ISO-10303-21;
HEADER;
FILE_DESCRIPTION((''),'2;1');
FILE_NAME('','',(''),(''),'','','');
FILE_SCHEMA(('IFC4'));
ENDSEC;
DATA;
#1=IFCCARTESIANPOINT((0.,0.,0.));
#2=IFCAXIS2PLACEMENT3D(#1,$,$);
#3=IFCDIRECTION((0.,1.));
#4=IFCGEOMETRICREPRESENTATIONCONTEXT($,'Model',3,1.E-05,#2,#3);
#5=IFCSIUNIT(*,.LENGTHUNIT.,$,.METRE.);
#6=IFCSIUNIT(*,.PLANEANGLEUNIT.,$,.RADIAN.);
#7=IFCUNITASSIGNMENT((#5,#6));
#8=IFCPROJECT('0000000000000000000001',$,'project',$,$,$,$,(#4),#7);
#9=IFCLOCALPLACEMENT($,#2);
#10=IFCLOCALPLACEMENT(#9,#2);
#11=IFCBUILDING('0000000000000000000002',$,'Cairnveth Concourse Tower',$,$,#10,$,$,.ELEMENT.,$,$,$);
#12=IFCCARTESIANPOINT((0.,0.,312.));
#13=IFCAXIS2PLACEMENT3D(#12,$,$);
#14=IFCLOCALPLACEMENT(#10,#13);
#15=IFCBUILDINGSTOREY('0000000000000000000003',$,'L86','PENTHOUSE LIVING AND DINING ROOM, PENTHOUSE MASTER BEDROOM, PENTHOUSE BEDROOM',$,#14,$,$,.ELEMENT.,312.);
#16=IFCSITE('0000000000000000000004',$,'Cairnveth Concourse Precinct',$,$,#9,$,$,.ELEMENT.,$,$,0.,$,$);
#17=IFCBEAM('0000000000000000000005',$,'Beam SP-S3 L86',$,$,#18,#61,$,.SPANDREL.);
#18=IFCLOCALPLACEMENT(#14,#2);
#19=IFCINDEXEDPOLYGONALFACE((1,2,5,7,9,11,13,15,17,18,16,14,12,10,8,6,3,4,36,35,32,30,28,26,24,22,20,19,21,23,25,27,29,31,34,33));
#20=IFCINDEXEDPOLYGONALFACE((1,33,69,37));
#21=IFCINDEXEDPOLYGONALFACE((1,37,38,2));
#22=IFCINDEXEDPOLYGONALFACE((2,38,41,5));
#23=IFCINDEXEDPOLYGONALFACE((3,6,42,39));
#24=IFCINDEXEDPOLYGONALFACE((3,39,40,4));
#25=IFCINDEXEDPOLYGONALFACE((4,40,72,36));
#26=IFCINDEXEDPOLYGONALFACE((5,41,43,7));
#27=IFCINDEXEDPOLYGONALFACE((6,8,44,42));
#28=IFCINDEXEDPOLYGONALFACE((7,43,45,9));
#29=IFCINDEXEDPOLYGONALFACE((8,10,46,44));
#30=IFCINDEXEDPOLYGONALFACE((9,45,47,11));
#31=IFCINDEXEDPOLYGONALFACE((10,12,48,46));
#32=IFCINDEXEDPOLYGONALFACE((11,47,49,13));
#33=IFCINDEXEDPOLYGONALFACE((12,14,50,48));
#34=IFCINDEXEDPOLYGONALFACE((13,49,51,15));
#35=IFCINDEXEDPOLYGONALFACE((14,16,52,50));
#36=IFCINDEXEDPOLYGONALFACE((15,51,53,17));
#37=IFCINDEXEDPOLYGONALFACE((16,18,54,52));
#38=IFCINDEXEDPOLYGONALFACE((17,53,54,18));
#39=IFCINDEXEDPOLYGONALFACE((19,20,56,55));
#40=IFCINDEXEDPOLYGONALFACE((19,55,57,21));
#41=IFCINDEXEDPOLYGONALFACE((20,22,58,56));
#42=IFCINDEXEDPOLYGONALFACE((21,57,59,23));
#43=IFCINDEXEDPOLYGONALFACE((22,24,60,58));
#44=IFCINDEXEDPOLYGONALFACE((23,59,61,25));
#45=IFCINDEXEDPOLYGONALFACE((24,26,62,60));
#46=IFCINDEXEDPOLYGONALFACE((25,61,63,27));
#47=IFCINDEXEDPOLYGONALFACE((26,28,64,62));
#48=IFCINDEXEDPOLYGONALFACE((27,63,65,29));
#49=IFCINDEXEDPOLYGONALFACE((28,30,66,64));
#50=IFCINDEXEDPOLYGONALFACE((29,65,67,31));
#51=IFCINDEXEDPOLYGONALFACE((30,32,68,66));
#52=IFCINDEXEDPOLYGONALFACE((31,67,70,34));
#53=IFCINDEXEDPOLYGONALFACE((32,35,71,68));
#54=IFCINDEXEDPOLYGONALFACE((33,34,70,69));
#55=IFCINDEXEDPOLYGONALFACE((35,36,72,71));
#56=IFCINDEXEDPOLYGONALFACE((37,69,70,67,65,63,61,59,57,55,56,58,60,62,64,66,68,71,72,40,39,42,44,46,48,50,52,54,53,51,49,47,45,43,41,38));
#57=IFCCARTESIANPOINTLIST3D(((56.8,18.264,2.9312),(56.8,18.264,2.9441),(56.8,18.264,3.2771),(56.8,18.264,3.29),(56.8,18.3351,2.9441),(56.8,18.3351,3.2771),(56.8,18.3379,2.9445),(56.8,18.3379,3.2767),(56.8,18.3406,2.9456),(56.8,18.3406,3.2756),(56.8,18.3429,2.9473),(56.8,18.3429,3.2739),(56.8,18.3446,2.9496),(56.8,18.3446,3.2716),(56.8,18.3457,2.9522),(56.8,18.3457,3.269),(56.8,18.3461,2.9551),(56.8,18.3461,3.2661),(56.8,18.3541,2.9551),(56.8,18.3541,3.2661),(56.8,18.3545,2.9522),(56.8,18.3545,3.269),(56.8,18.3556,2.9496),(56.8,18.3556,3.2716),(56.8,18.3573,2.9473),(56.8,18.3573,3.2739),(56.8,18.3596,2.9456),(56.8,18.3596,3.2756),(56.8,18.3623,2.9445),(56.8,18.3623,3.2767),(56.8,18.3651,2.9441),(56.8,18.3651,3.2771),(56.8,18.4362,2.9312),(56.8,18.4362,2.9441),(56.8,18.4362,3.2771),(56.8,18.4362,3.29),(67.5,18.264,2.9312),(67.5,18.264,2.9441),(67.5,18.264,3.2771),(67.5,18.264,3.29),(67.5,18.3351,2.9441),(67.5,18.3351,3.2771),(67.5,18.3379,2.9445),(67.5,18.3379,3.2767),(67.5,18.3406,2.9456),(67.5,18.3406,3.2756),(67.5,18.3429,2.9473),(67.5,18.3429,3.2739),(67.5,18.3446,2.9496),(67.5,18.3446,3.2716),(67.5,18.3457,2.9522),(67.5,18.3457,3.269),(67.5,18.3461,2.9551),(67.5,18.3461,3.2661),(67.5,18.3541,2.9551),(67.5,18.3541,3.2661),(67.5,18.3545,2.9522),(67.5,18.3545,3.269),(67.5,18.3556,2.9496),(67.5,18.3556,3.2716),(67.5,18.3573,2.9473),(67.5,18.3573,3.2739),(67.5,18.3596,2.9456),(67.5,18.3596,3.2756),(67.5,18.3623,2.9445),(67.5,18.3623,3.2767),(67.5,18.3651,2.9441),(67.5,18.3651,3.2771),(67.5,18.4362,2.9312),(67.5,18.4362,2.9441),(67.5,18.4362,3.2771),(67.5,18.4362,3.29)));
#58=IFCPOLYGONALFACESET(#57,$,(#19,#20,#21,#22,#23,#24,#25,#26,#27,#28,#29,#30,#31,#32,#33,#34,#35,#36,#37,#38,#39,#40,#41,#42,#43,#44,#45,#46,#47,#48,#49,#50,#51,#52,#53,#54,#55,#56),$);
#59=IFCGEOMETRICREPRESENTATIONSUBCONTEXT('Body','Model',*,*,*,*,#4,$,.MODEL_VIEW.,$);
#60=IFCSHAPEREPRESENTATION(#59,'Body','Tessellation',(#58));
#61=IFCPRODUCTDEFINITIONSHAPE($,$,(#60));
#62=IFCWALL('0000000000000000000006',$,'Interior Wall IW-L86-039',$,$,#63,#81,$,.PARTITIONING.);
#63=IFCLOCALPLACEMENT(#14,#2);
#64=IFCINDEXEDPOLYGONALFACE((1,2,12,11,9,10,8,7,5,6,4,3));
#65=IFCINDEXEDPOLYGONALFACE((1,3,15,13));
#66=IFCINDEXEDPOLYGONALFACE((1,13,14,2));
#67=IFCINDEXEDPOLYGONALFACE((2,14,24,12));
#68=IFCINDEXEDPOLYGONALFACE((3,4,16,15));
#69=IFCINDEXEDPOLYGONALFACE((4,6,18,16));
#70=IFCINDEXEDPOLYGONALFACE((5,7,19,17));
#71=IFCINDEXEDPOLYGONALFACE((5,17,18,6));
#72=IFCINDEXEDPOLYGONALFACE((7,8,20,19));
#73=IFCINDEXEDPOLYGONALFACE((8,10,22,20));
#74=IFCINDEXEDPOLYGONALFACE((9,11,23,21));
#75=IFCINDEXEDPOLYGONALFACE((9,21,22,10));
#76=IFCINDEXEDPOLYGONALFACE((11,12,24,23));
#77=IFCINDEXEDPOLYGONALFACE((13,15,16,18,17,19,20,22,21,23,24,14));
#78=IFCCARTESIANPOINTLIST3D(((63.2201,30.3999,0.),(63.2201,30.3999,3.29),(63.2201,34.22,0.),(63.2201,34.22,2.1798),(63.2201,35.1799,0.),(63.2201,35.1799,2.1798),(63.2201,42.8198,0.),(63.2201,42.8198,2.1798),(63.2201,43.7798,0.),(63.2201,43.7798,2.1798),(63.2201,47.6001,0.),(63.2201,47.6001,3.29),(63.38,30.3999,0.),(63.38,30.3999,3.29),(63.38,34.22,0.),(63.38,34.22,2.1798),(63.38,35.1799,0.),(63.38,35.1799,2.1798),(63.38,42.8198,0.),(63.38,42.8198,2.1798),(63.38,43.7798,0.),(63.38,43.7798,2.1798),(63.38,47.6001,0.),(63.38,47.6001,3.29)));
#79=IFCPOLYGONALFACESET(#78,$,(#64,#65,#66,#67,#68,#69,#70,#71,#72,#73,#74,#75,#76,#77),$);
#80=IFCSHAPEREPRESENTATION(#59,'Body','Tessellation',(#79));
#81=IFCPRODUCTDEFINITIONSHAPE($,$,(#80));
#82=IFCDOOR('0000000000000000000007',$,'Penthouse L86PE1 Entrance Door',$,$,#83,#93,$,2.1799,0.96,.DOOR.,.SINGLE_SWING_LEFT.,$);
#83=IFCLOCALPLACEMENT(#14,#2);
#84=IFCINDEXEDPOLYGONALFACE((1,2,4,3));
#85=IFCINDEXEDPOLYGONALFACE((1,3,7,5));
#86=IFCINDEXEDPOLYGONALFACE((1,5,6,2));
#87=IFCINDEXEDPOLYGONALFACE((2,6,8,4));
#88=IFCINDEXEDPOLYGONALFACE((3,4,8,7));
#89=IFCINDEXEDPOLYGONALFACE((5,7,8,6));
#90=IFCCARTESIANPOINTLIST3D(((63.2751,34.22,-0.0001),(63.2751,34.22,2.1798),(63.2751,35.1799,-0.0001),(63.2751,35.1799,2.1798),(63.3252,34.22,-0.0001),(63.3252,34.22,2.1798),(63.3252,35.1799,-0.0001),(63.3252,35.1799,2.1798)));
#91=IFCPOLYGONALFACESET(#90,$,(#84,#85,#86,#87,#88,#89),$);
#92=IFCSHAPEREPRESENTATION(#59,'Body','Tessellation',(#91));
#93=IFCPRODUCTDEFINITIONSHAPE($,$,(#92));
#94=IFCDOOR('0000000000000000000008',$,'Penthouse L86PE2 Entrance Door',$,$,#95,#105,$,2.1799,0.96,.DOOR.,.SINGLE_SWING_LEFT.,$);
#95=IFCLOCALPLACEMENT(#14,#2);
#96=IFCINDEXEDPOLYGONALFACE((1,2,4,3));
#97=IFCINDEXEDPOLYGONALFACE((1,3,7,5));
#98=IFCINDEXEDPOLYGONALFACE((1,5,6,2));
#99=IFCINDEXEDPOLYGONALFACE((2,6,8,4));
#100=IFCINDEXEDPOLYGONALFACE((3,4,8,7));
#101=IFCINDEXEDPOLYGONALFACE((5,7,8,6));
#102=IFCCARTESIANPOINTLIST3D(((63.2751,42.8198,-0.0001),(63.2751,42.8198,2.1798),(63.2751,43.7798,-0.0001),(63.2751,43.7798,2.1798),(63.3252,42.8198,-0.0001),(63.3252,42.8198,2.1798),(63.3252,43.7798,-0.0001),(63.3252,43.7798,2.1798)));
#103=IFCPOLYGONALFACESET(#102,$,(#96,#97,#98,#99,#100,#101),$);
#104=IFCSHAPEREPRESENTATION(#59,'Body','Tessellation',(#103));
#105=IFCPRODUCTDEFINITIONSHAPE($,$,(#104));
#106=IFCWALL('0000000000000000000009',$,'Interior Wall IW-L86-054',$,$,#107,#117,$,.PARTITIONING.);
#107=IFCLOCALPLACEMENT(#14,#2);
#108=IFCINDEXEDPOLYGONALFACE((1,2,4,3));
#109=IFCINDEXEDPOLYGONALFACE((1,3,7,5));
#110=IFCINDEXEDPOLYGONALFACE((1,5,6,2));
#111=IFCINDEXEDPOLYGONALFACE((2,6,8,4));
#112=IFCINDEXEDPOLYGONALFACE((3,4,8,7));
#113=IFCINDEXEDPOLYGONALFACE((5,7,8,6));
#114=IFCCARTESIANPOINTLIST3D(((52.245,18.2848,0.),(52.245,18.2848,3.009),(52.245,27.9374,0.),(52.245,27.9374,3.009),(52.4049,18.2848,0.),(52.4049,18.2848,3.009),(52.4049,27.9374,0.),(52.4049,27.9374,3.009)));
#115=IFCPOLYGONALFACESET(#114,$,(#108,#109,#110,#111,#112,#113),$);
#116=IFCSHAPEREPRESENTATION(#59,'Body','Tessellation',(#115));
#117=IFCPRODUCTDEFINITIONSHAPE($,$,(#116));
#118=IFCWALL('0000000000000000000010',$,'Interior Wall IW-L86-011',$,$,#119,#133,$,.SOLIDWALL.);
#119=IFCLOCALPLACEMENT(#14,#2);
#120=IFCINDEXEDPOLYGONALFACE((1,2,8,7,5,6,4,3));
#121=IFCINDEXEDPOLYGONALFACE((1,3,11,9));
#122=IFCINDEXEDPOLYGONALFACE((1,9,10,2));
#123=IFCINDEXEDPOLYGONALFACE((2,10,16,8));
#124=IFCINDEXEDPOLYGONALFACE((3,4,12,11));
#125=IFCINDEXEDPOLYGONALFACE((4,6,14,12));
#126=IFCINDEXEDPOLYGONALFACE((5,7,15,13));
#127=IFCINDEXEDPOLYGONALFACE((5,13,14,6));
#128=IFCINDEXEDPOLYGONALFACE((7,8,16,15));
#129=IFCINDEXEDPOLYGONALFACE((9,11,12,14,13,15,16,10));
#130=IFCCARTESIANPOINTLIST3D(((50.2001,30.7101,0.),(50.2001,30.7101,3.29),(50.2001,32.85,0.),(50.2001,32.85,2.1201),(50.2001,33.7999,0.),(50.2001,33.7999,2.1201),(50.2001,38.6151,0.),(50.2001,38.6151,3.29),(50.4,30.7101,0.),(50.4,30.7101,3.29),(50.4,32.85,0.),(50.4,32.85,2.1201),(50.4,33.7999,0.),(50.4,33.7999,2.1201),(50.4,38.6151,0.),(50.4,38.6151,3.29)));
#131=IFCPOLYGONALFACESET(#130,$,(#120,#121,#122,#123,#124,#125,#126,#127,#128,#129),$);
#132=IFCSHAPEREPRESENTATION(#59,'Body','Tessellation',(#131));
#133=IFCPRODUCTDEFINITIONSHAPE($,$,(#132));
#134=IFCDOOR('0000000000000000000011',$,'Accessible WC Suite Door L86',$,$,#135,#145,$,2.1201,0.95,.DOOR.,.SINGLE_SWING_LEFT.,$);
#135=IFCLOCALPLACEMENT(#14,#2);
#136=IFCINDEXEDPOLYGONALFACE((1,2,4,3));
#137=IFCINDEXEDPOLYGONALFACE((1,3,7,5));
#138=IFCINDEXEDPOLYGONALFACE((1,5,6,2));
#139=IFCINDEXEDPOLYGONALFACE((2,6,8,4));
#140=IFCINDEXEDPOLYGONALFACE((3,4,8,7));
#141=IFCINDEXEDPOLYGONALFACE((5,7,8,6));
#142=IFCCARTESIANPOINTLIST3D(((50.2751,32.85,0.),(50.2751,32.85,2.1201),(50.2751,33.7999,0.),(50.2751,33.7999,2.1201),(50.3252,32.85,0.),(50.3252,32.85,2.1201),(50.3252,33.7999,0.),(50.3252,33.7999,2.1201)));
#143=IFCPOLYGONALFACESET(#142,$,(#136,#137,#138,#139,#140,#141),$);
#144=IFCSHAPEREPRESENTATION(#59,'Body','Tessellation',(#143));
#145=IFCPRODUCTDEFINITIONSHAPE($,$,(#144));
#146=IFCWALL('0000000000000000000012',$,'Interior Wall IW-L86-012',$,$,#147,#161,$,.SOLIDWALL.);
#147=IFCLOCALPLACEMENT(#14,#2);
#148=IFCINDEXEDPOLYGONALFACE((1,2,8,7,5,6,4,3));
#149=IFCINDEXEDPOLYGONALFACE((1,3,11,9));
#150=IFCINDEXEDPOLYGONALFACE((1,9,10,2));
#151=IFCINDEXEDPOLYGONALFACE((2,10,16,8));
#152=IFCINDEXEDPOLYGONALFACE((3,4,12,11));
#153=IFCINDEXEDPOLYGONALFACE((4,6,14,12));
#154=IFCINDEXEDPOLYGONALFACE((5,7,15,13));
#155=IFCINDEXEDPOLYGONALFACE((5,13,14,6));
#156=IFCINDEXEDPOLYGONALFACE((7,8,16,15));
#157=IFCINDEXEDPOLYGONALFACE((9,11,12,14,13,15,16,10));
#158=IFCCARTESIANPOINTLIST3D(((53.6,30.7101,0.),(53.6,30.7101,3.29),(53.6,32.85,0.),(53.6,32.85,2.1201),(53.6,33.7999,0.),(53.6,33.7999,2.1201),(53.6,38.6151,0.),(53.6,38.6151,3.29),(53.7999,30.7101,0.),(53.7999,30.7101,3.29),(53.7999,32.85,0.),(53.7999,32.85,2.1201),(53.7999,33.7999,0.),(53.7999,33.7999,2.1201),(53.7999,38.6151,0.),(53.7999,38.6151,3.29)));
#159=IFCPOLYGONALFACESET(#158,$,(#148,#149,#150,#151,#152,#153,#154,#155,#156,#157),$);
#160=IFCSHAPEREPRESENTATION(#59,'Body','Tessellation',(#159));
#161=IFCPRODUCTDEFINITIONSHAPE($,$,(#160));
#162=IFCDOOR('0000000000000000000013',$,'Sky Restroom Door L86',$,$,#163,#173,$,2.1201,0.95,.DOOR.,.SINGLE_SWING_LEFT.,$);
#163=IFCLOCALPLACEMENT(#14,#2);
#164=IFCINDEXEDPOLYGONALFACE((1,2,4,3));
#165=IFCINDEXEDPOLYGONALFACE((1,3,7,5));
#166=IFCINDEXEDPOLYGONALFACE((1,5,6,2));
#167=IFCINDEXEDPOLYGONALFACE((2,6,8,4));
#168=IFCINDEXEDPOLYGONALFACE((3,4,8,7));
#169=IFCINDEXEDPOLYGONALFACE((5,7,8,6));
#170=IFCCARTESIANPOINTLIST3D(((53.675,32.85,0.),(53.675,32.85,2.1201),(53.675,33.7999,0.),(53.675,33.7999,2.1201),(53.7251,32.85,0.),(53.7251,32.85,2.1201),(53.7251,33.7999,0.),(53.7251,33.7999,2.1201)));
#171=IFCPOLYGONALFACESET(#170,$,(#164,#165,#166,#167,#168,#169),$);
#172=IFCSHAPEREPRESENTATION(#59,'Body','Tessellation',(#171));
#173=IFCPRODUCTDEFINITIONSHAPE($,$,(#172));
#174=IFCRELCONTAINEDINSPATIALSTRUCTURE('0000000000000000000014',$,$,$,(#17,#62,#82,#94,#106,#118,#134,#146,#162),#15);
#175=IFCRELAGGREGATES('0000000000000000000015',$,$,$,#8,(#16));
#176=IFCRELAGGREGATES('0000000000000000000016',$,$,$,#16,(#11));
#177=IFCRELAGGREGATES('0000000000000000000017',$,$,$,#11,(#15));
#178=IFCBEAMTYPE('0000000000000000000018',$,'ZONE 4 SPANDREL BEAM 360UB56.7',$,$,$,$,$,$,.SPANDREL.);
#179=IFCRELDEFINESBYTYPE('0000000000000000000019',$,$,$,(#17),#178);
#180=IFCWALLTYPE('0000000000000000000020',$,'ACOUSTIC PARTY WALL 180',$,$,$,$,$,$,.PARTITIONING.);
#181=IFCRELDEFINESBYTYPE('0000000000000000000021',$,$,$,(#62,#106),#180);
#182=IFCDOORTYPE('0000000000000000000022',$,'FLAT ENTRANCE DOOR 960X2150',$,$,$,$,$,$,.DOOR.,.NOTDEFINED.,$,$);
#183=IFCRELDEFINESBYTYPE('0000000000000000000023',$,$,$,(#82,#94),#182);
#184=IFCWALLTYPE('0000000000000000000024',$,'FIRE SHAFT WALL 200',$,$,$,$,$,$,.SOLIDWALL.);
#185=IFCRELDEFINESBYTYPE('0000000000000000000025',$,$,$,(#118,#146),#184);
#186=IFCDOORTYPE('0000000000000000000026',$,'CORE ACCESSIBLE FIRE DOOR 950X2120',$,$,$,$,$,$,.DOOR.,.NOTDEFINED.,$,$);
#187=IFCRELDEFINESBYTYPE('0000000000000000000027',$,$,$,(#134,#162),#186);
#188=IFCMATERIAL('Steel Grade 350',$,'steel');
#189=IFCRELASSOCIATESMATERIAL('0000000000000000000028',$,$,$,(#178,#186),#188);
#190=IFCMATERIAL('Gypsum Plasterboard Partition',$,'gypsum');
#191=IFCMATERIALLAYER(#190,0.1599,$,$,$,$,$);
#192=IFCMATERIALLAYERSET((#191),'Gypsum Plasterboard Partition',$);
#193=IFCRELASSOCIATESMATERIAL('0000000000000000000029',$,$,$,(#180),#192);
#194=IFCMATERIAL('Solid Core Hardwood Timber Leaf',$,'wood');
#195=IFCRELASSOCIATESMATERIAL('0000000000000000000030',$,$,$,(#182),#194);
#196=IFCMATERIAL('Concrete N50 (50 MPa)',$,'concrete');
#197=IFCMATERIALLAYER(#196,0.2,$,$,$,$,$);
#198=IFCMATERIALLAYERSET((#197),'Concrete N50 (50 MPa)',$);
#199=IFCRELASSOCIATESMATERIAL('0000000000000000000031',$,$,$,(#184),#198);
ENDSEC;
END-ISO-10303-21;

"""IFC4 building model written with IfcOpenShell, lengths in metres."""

from ifc_helpers import new_model, si_unit, direction, frame, frame_2d, origin, origin_2d, place, context, subcontext, project, spatial, rectangle, i_section, extrude, material, layer, layer_set, material_profile, profile_set, type_object, element, fill, save


model = new_model("IFC4")

# Units and contexts
model_context = context("Model", 3, precision=1e-05, world=origin(), true_north=direction((0.0, 1.0)))
body_context = subcontext(model_context, "Body", "Model", "MODEL_VIEW")
ifc_project = project(units=[si_unit("LENGTHUNIT", "METRE"), si_unit("PLANEANGLEUNIT", "RADIAN")], contexts=[model_context])

# Site, building, storey
site_placement = place(None, origin())
site = spatial("IfcSite", under=ifc_project, at=site_placement, Name="Cairnveth Concourse Precinct", CompositionType="ELEMENT", RefElevation=0.0)
building_placement = place(site_placement, origin())
building = spatial("IfcBuilding", under=site, at=building_placement, Name="Cairnveth Concourse Tower", CompositionType="ELEMENT")
storey_placement = place(building_placement, frame((0.0, 0.0, 312.0)))
storey = spatial("IfcBuildingStorey", under=building, at=storey_placement, Name="L86", Description="PENTHOUSE LIVING AND DINING ROOM, PENTHOUSE MASTER BEDROOM, PENTHOUSE BEDROOM", CompositionType="ELEMENT", Elevation=312.0)

# Shared definitions
ifc_material_1 = material(Name="Concrete N50 (50 MPa)", Category="concrete")
ifc_material_2 = material(Name="Steel Grade 350", Category="steel")

# Beam
ifc_material_profile_1 = material_profile(ifc_material_2, i_section(OverallWidth=0.1721, OverallDepth=0.3589, WebThickness=0.0081, FlangeThickness=0.0129, FilletRadius=0.011, at=origin_2d()), Name="360UB56.7")
ifc_profile_set_1 = profile_set([ifc_material_profile_1], Name="Steel Grade 350")
beam_type_1 = type_object("IfcBeamType", Name="ZONE 4 SPANDREL BEAM 360UB56.7", PredefinedType="SPANDREL", material=ifc_profile_set_1)
beam_1_placement = place(storey_placement, frame((56.8, 18.3501, 3.1106), z_axis=(1.0, 0.0, 0.0), x_axis=(0.0, 1.0, 0.0)))
element("IfcBeam", 1, at=beam_1_placement, inside=storey, type_object=beam_type_1, Name="Beam SP-S3 L86", PredefinedType="SPANDREL", context=body_context, shape_type="SweptSolid", body=[
    extrude(i_section(OverallWidth=0.1721, OverallDepth=0.3589, WebThickness=0.0081, FlangeThickness=0.0129, FilletRadius=0.011, at=origin_2d()), origin(), (0.0, 0.0, 1.0), 10.7),
])

# Wall, openings, doors
ifc_material_3 = material(Name="Gypsum Plasterboard Partition", Category="gypsum")
ifc_layer_1 = layer(ifc_material_3, 0.1599)
ifc_layer_set_1 = layer_set([ifc_layer_1], Name="Gypsum Plasterboard Partition")
wall_type_1 = type_object("IfcWallType", Name="ACOUSTIC PARTY WALL 180", PredefinedType="PARTITIONING", material=ifc_layer_set_1)
wall_1_placement = place(storey_placement, frame((63.3, 30.3999, 0.0), z_axis=(0.0, 0.0, 1.0), x_axis=(0.0, 1.0, 0.0)))
wall_1 = element("IfcWall", 2, at=wall_1_placement, inside=storey, type_object=wall_type_1, Name="Interior Wall IW-L86-039", PredefinedType="PARTITIONING", context=body_context, shape_type="SweptSolid", body=[
    extrude(rectangle(XDim=17.2002, YDim=0.1599, at=frame_2d((8.6001, 0.0))), origin(), (0.0, 0.0, 1.0), 3.29),
])
opening_1_placement = place(wall_1_placement, frame((3.8201, 0.0, 0.0)))
opening_1 = element("IfcOpeningElement", 3, at=opening_1_placement, cuts=wall_1, PredefinedType="OPENING", context=body_context, shape_type="SweptSolid", body=[
    extrude(rectangle(XDim=0.96, YDim=2.1799, at=frame_2d((0.48, 1.0898))), frame((0.0, 0.0898, 0.0), z_axis=(0.0, -1.0, 0.0), x_axis=(1.0, 0.0, 0.0)), (0.0, 0.0, 1.0), 0.1799),
])
opening_2_placement = place(wall_1_placement, frame((12.4199, 0.0, 0.0)))
opening_2 = element("IfcOpeningElement", 4, at=opening_2_placement, cuts=wall_1, PredefinedType="OPENING", context=body_context, shape_type="SweptSolid", body=[
    extrude(rectangle(XDim=0.96, YDim=2.1799, at=frame_2d((0.48, 1.0898))), frame((0.0, 0.0898, 0.0), z_axis=(0.0, -1.0, 0.0), x_axis=(1.0, 0.0, 0.0)), (0.0, 0.0, 1.0), 0.1799),
])
ifc_material_4 = material(Name="Solid Core Hardwood Timber Leaf", Category="wood")
door_type_1 = type_object("IfcDoorType", Name="FLAT ENTRANCE DOOR 960X2150", OperationType="NOTDEFINED", PredefinedType="DOOR", material=ifc_material_4)
door_1_placement = place(opening_1_placement, origin())
door_1 = element("IfcDoor", 5, at=door_1_placement, inside=storey, type_object=door_type_1, Name="Penthouse L86PE1 Entrance Door", OperationType="SINGLE_SWING_LEFT", OverallHeight=2.1799, OverallWidth=0.96, PredefinedType="DOOR", context=body_context, shape_type="SweptSolid", body=[
    extrude(rectangle(XDim=0.96, YDim=2.1799, at=frame_2d((0.48, 1.0898))), frame((0.0, 0.0249, 0.0), z_axis=(0.0, -1.0, 0.0), x_axis=(1.0, 0.0, 0.0)), (0.0, 0.0, 1.0), 0.05),
])
fill(opening_1, door_1)
door_2_placement = place(opening_2_placement, origin())
door_2 = element("IfcDoor", 6, at=door_2_placement, inside=storey, type_object=door_type_1, Name="Penthouse L86PE2 Entrance Door", OperationType="SINGLE_SWING_LEFT", OverallHeight=2.1799, OverallWidth=0.96, PredefinedType="DOOR", context=body_context, shape_type="SweptSolid", body=[
    extrude(rectangle(XDim=0.96, YDim=2.1799, at=frame_2d((0.48, 1.0898))), frame((0.0, 0.0249, 0.0), z_axis=(0.0, -1.0, 0.0), x_axis=(1.0, 0.0, 0.0)), (0.0, 0.0, 1.0), 0.05),
])
fill(opening_2, door_2)

# Wall
wall_2_placement = place(storey_placement, frame((52.325, 18.2849, 0.0), z_axis=(0.0, 0.0, 1.0), x_axis=(0.0, 1.0, 0.0)))
element("IfcWall", 7, at=wall_2_placement, inside=storey, type_object=wall_type_1, Name="Interior Wall IW-L86-054", PredefinedType="PARTITIONING", context=body_context, shape_type="SweptSolid", body=[
    extrude(rectangle(XDim=9.6526, YDim=0.1599, at=frame_2d((4.8262, 0.0))), origin(), (0.0, 0.0, 1.0), 3.009),
])

# Walls, openings, doors
ifc_layer_2 = layer(ifc_material_1, 0.2)
ifc_layer_set_2 = layer_set([ifc_layer_2], Name="Concrete N50 (50 MPa)")
wall_type_2 = type_object("IfcWallType", Name="FIRE SHAFT WALL 200", PredefinedType="SOLIDWALL", material=ifc_layer_set_2)
wall_3_placement = place(storey_placement, frame((50.3, 30.71, 0.0), z_axis=(0.0, 0.0, 1.0), x_axis=(0.0, 1.0, 0.0)))
wall_3 = element("IfcWall", 8, at=wall_3_placement, inside=storey, type_object=wall_type_2, Name="Interior Wall IW-L86-011", PredefinedType="SOLIDWALL", context=body_context, shape_type="SweptSolid", body=[
    extrude(rectangle(XDim=7.905, YDim=0.2, at=frame_2d((3.9526, 0.0))), origin(), (0.0, 0.0, 1.0), 3.29),
])
opening_3_placement = place(wall_3_placement, frame((2.1399, 0.0, 0.0)))
opening_3 = element("IfcOpeningElement", 9, at=opening_3_placement, cuts=wall_3, PredefinedType="OPENING", context=body_context, shape_type="SweptSolid", body=[
    extrude(rectangle(XDim=0.95, YDim=2.1201, at=frame_2d((0.4751, 1.0601))), frame((0.0, 0.1099, 0.0), z_axis=(0.0, -1.0, 0.0), x_axis=(1.0, 0.0, 0.0)), (0.0, 0.0, 1.0), 0.22),
])
door_type_2 = type_object("IfcDoorType", Name="CORE ACCESSIBLE FIRE DOOR 950X2120", OperationType="NOTDEFINED", PredefinedType="DOOR", material=ifc_material_2)
door_3_placement = place(opening_3_placement, origin())
door_3 = element("IfcDoor", 10, at=door_3_placement, inside=storey, type_object=door_type_2, Name="Accessible WC Suite Door L86", OperationType="SINGLE_SWING_LEFT", OverallHeight=2.1201, OverallWidth=0.95, PredefinedType="DOOR", context=body_context, shape_type="SweptSolid", body=[
    extrude(rectangle(XDim=0.95, YDim=2.1201, at=frame_2d((0.4751, 1.0601))), frame((0.0, 0.0249, 0.0), z_axis=(0.0, -1.0, 0.0), x_axis=(1.0, 0.0, 0.0)), (0.0, 0.0, 1.0), 0.05),
])
fill(opening_3, door_3)
wall_4_placement = place(storey_placement, frame((53.7, 30.71, 0.0), z_axis=(0.0, 0.0, 1.0), x_axis=(0.0, 1.0, 0.0)))
wall_4 = element("IfcWall", 11, at=wall_4_placement, inside=storey, type_object=wall_type_2, Name="Interior Wall IW-L86-012", PredefinedType="SOLIDWALL", context=body_context, shape_type="SweptSolid", body=[
    extrude(rectangle(XDim=7.905, YDim=0.2, at=frame_2d((3.9526, 0.0))), origin(), (0.0, 0.0, 1.0), 3.29),
])
opening_4_placement = place(wall_4_placement, frame((2.1399, 0.0, 0.0)))
opening_4 = element("IfcOpeningElement", 12, at=opening_4_placement, cuts=wall_4, PredefinedType="OPENING", context=body_context, shape_type="SweptSolid", body=[
    extrude(rectangle(XDim=0.95, YDim=2.1201, at=frame_2d((0.4751, 1.0601))), frame((0.0, 0.1099, 0.0), z_axis=(0.0, -1.0, 0.0), x_axis=(1.0, 0.0, 0.0)), (0.0, 0.0, 1.0), 0.22),
])
door_4_placement = place(opening_4_placement, origin())
door_4 = element("IfcDoor", 13, at=door_4_placement, inside=storey, type_object=door_type_2, Name="Sky Restroom Door L86", OperationType="SINGLE_SWING_LEFT", OverallHeight=2.1201, OverallWidth=0.95, PredefinedType="DOOR", context=body_context, shape_type="SweptSolid", body=[
    extrude(rectangle(XDim=0.95, YDim=2.1201, at=frame_2d((0.4751, 1.0601))), frame((0.0, 0.0249, 0.0), z_axis=(0.0, -1.0, 0.0), x_axis=(1.0, 0.0, 0.0)), (0.0, 0.0, 1.0), 0.05),
])
fill(opening_4, door_4)

save(model, "model.ifc")
